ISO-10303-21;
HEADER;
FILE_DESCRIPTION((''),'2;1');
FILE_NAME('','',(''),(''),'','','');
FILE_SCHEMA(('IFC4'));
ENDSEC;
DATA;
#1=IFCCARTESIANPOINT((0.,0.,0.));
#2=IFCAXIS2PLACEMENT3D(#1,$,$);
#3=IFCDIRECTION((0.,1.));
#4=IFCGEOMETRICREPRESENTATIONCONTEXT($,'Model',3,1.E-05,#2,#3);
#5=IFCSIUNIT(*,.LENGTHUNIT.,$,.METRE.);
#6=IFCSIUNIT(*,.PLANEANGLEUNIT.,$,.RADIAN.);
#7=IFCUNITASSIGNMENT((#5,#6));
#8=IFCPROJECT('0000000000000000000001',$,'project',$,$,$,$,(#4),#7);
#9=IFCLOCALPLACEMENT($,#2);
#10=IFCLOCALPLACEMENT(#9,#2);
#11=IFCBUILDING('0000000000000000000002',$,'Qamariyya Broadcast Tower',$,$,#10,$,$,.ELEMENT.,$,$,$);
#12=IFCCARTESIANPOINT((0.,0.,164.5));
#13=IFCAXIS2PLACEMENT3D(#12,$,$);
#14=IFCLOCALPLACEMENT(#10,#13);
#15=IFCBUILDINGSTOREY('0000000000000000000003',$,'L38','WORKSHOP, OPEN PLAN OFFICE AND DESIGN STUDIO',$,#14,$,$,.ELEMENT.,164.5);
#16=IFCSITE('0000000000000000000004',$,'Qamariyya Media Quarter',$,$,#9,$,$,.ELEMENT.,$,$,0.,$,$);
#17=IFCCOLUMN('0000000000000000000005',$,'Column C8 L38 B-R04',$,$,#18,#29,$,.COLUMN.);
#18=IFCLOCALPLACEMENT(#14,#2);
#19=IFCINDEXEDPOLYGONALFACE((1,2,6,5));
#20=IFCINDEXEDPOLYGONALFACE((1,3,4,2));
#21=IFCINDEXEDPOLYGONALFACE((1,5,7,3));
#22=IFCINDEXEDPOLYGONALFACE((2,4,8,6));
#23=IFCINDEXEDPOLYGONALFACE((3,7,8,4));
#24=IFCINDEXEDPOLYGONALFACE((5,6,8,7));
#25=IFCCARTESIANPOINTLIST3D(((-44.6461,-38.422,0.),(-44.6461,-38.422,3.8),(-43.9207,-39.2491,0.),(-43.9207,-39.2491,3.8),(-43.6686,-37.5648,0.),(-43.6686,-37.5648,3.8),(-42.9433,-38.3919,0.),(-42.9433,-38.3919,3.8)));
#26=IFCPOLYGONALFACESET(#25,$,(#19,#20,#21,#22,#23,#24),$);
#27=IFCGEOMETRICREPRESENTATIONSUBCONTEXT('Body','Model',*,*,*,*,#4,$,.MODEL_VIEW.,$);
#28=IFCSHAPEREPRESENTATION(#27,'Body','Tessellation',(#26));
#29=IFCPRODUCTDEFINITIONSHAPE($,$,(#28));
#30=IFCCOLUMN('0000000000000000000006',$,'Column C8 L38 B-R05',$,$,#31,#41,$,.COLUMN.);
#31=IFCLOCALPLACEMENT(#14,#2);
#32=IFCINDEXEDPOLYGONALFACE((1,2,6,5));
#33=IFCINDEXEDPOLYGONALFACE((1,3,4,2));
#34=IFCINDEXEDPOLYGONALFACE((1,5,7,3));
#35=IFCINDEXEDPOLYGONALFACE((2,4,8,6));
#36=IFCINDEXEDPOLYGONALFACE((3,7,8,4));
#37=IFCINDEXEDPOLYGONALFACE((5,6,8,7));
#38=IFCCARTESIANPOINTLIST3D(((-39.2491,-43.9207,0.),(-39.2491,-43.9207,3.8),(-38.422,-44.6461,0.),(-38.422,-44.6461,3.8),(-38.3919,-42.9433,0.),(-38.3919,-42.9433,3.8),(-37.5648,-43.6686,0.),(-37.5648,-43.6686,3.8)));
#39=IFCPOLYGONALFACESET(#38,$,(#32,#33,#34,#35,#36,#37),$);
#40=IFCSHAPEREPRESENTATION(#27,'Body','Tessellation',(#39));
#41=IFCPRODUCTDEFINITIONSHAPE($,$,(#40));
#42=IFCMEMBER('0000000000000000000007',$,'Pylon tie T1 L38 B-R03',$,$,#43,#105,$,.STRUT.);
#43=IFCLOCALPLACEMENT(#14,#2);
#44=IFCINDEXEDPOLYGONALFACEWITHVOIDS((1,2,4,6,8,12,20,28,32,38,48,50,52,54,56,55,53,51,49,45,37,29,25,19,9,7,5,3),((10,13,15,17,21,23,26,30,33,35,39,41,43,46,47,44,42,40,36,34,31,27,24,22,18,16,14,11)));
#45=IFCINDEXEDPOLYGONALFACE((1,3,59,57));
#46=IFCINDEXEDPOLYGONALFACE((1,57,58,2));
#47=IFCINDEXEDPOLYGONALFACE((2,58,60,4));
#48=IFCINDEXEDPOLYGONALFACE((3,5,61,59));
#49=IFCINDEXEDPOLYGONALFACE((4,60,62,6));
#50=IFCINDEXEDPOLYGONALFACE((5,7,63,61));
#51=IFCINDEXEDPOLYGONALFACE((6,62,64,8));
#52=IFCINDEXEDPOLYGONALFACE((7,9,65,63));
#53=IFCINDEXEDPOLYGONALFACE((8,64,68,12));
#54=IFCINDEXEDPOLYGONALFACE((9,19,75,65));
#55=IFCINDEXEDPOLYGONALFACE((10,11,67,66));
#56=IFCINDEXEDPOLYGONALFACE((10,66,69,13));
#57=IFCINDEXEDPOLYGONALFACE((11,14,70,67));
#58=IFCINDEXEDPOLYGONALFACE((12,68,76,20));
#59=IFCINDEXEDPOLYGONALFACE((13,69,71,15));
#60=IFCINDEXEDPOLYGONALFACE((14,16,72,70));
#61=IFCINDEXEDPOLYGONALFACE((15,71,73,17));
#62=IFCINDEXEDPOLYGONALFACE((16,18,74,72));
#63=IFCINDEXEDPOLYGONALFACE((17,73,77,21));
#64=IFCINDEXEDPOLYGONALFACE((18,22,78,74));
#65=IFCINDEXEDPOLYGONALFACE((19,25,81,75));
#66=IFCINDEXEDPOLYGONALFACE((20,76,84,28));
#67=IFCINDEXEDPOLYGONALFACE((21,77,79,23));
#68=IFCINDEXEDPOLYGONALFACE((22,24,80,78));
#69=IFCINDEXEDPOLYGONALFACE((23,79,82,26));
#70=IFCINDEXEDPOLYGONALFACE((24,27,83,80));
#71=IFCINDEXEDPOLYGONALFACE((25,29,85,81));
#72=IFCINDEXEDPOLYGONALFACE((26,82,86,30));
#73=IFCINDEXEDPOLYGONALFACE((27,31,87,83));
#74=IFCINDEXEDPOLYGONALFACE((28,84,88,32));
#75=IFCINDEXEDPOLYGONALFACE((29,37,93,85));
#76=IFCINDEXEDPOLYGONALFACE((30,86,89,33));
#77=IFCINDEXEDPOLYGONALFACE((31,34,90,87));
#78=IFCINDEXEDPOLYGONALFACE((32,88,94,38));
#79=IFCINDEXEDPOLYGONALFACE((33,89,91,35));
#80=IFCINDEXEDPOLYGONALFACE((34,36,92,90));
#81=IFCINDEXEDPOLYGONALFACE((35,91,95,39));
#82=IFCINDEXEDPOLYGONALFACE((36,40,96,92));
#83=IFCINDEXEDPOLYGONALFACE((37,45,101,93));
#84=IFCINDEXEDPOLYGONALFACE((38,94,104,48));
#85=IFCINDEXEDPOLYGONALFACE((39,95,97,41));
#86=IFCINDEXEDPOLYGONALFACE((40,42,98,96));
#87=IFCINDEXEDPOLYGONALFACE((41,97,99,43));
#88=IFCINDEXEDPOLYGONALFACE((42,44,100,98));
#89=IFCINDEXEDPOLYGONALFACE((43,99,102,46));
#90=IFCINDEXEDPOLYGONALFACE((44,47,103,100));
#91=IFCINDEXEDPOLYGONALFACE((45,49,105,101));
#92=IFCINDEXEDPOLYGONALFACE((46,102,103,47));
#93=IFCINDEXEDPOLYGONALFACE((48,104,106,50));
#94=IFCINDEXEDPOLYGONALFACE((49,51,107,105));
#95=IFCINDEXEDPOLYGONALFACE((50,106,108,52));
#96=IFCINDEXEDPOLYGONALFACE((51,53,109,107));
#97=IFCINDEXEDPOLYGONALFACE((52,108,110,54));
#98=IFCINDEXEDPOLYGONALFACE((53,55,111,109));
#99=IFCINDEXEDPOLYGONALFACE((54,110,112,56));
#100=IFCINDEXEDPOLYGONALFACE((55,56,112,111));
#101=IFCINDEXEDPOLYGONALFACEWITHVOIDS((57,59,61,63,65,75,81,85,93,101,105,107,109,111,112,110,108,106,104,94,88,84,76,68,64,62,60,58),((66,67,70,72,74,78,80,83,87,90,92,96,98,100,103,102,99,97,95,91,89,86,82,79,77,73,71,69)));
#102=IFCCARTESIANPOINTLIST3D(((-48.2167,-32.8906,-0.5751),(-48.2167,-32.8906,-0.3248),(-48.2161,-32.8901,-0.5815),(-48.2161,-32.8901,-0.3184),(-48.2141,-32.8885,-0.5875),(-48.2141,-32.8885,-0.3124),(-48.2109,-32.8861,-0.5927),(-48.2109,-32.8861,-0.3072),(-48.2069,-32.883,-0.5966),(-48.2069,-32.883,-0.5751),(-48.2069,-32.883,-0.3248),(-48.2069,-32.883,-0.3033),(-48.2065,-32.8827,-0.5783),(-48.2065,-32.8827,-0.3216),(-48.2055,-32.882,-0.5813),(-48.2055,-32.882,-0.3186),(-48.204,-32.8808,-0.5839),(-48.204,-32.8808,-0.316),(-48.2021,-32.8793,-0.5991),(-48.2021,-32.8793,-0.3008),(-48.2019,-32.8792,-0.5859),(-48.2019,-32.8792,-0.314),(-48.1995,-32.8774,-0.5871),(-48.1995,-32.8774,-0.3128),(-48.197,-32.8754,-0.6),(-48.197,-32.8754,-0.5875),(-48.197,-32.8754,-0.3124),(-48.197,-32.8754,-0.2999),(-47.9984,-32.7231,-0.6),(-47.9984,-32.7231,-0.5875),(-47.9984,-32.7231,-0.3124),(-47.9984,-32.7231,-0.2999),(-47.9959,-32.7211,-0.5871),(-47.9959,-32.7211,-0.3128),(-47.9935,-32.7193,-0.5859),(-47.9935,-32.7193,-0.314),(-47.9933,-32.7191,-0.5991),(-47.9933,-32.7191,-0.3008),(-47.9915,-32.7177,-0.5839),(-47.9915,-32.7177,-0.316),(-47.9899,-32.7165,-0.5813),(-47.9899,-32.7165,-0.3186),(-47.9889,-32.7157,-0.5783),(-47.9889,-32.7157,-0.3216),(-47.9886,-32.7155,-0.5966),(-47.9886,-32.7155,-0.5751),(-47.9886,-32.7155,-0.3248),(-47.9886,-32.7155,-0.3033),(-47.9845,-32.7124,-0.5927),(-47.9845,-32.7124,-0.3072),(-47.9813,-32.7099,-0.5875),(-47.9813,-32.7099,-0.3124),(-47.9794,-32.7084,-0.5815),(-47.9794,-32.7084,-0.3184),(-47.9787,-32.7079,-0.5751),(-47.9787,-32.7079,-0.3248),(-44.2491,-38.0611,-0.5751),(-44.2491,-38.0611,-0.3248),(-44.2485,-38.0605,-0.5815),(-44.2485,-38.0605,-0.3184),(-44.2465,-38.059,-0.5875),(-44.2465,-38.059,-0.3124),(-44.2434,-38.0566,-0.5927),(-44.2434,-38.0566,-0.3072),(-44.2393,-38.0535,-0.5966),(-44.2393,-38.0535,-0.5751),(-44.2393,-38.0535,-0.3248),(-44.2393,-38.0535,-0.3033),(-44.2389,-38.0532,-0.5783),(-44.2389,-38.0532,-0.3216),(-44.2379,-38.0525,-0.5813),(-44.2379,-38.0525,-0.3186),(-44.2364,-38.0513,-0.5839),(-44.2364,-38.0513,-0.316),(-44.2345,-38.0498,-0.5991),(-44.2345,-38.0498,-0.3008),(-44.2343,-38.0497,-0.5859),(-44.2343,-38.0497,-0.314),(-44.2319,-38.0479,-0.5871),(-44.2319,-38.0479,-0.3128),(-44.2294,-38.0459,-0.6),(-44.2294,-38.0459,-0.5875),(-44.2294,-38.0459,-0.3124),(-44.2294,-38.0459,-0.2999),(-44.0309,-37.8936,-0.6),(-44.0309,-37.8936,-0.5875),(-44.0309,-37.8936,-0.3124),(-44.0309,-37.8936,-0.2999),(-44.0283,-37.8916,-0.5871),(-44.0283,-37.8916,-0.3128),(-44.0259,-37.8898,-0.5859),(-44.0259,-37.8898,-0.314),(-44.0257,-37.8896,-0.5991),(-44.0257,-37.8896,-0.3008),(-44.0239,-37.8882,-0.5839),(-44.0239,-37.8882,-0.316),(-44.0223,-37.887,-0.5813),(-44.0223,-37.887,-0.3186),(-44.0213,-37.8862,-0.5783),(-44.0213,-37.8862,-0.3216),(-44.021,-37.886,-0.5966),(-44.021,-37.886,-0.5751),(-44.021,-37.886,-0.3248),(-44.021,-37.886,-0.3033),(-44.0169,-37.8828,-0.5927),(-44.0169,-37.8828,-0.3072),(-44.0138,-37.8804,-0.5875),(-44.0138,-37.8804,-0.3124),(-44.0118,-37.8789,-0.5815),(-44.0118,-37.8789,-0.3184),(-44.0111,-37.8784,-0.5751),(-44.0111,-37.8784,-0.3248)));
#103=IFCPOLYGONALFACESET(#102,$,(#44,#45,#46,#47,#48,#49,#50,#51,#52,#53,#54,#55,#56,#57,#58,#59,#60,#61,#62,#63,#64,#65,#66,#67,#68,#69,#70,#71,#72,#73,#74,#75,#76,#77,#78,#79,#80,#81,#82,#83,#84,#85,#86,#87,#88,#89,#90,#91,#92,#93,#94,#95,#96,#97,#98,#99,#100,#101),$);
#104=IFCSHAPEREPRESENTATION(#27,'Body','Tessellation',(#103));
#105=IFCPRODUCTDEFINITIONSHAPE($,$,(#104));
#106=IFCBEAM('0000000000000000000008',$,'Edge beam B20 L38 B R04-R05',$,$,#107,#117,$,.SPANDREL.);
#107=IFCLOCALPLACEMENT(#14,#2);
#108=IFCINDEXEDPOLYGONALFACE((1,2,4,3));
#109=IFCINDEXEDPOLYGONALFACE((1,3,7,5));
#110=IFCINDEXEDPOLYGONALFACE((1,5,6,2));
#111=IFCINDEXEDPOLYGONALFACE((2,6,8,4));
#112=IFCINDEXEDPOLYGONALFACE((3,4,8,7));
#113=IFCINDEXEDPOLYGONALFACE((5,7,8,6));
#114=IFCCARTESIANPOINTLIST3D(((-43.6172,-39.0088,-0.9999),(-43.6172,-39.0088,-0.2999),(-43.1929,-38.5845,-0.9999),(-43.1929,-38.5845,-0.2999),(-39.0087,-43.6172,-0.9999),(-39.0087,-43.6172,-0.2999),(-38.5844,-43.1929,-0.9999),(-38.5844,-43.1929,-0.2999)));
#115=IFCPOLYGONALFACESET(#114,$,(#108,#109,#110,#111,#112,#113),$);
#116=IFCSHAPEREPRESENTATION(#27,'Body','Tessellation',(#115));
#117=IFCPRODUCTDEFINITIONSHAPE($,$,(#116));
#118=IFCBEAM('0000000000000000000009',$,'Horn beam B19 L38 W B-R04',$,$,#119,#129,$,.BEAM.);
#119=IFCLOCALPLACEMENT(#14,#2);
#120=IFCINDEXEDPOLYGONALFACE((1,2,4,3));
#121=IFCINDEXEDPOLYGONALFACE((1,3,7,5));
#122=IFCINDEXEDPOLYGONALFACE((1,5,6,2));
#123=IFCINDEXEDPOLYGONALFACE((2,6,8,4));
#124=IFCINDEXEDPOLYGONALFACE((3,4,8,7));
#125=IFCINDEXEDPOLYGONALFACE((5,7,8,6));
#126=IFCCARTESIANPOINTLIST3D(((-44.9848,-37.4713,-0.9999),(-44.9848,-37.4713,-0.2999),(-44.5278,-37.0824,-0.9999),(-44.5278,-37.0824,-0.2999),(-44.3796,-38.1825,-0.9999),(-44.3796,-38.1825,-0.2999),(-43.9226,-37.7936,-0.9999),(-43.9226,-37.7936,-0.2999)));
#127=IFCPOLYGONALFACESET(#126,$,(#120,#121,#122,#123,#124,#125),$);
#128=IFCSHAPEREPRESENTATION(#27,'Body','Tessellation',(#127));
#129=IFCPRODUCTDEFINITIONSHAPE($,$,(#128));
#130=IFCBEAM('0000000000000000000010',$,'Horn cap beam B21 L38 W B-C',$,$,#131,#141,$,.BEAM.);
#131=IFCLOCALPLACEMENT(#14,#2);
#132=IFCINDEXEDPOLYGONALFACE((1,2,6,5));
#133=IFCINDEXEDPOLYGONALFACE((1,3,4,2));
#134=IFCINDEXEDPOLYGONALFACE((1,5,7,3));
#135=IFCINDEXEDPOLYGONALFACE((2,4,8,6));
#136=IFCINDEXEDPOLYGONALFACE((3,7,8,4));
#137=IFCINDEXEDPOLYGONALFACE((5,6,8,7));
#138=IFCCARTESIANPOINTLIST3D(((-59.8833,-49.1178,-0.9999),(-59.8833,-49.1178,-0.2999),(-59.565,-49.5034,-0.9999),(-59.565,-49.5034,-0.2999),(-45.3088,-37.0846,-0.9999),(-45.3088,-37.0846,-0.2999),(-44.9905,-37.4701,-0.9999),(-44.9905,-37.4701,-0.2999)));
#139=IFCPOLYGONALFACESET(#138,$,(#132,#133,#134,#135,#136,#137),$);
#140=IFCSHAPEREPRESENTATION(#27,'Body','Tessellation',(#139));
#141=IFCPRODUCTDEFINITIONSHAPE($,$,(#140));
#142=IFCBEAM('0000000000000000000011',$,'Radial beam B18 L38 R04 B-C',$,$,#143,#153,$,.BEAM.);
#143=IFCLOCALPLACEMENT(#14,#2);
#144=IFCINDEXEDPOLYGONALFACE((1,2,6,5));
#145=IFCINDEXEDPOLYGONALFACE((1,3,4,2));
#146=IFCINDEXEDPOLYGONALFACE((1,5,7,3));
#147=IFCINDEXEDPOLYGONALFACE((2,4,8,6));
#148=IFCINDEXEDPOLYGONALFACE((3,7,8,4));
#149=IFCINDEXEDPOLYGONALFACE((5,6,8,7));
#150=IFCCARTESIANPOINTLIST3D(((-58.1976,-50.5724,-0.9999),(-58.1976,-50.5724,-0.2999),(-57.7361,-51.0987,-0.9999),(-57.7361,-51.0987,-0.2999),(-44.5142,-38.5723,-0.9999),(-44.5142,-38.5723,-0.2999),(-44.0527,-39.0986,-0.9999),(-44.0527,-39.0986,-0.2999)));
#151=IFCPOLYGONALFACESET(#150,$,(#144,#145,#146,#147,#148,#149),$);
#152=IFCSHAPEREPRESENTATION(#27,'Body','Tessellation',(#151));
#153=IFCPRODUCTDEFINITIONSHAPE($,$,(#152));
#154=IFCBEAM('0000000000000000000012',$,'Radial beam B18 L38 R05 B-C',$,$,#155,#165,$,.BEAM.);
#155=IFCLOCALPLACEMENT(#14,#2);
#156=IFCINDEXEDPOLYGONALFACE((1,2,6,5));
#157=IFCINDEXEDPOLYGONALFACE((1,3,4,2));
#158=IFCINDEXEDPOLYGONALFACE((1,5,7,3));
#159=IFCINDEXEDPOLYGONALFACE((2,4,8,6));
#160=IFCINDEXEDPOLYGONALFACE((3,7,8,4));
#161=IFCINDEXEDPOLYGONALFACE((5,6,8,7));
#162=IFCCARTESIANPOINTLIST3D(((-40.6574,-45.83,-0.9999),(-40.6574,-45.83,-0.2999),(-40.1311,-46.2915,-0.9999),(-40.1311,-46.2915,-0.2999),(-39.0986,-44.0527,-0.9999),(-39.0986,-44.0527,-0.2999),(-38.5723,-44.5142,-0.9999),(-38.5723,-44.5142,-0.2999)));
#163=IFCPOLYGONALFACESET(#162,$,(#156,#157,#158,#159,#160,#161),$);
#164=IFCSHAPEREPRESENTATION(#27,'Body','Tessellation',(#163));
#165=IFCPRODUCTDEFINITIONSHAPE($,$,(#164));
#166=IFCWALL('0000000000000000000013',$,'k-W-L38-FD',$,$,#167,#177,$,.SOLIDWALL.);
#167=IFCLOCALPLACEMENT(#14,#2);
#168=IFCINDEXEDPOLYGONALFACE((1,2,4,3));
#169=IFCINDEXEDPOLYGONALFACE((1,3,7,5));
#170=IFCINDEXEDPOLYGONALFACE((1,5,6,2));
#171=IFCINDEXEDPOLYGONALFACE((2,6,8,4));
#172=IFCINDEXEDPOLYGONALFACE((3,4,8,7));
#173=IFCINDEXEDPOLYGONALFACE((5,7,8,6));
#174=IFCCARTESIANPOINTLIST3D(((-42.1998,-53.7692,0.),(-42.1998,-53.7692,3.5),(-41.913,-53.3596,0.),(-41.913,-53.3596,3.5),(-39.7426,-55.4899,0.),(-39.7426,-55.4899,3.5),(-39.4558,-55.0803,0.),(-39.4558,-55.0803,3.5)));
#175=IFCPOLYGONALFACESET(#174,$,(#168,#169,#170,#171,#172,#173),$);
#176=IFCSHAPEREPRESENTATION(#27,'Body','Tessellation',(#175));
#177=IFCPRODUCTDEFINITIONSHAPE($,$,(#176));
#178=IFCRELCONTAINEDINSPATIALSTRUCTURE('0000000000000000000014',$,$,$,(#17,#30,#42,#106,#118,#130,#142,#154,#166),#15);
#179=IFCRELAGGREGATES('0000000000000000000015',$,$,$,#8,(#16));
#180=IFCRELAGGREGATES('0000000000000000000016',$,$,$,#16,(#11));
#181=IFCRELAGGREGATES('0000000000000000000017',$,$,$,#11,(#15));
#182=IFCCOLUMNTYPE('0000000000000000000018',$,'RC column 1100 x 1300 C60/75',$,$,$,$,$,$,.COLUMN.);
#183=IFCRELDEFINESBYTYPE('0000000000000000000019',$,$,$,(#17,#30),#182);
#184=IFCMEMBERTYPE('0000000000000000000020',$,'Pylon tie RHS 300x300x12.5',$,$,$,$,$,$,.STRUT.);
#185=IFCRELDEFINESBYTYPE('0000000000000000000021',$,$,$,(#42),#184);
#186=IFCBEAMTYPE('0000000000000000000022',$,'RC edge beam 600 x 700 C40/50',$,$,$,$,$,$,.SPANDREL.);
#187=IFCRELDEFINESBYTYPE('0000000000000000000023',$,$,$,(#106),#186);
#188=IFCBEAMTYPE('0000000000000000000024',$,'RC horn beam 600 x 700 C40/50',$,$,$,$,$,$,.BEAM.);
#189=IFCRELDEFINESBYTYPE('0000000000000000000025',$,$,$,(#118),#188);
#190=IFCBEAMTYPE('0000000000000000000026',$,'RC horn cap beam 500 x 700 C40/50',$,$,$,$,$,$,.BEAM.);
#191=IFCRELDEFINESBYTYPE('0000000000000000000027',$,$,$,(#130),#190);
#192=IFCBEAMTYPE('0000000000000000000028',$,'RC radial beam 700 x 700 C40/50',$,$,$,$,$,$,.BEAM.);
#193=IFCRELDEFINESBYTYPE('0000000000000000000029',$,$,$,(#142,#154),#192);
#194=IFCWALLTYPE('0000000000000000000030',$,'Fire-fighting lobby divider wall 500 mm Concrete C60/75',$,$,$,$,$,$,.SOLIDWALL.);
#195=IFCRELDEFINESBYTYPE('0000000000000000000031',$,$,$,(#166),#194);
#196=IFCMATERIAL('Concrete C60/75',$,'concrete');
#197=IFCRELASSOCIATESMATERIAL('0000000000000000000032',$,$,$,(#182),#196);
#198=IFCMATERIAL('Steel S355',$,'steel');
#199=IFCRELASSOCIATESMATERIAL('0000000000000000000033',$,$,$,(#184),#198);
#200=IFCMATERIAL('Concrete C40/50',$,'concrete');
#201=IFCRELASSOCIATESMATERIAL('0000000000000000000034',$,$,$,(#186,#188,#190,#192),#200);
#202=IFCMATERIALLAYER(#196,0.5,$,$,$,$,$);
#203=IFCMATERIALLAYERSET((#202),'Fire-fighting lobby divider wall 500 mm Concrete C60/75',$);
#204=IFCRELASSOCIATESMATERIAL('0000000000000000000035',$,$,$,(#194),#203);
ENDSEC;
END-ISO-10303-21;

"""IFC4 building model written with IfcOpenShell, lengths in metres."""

from ifc_helpers import new_model, si_unit, direction, frame, frame_2d, origin, origin_2d, place, context, subcontext, project, spatial, rectangle, hollow_rectangle, extrude, material, layer, layer_set, material_profile, profile_set, type_object, element, save


model = new_model("IFC4")

# Units and contexts
model_context = context("Model", 3, precision=1e-05, world=origin(), true_north=direction((0.0, 1.0)))
body_context = subcontext(model_context, "Body", "Model", "MODEL_VIEW")
ifc_project = project(units=[si_unit("LENGTHUNIT", "METRE"), si_unit("PLANEANGLEUNIT", "RADIAN")], contexts=[model_context])

# Site, building, storey
site_placement = place(None, origin())
site = spatial("IfcSite", under=ifc_project, at=site_placement, Name="Qamariyya Media Quarter", CompositionType="ELEMENT", RefElevation=0.0)
building_placement = place(site_placement, origin())
building = spatial("IfcBuilding", under=site, at=building_placement, Name="Qamariyya Broadcast Tower", CompositionType="ELEMENT")
storey_placement = place(building_placement, frame((0.0, 0.0, 164.5)))
storey = spatial("IfcBuildingStorey", under=building, at=storey_placement, Name="L38", Description="WORKSHOP, OPEN PLAN OFFICE AND DESIGN STUDIO", CompositionType="ELEMENT", Elevation=164.5)

# Columns
ifc_material_1 = material(Name="Concrete C60/75", Category="concrete")
ifc_material_profile_1 = material_profile(ifc_material_1, rectangle(XDim=1.1001, YDim=1.3, at=origin_2d()))
ifc_profile_set_1 = profile_set([ifc_material_profile_1], Name="Concrete C60/75")
column_type = type_object("IfcColumnType", Name="RC column 1100 x 1300 C60/75", PredefinedType="COLUMN", material=ifc_profile_set_1)
for number, where, z_axis, x_axis, name in (
    (1, (-43.7947, -38.407, 0.0), (0.0, 0.0, 1.0), (0.659346, -0.75184, 0.0), "Column C8 L38 B-R04"),
    (2, (-38.407, -43.7947, 0.0), (0.0, 0.0, 1.0), (0.75184, -0.659346, 0.0), "Column C8 L38 B-R05"),
):
    element("IfcColumn", number, at=place(storey_placement, frame(where, z_axis=z_axis, x_axis=x_axis)), inside=storey, type_object=column_type, Name=name, PredefinedType="COLUMN", context=body_context, shape_type="SweptSolid", body=[
        extrude(rectangle(XDim=1.1001, YDim=1.3, at=origin_2d()), origin(), (0.0, 0.0, 1.0), 3.8),
    ])

# Member
ifc_material_2 = material(Name="Steel S355", Category="steel")
ifc_material_profile_2 = material_profile(ifc_material_2, hollow_rectangle(XDim=0.3, YDim=0.3, WallThickness=0.0125, InnerFilletRadius=0.0125, OuterFilletRadius=0.0249, at=origin_2d()))
ifc_profile_set_2 = profile_set([ifc_material_profile_2], Name="Steel S355")
member_type = type_object("IfcMemberType", Name="Pylon tie RHS 300x300x12.5", PredefinedType="STRUT", material=ifc_profile_set_2)
member_placement = place(storey_placement, frame((-44.1301, -37.9697, -0.45), z_axis=(-0.608774, 0.793343, 0.0), x_axis=(-0.793343, -0.608774, 0.0)))
element("IfcMember", 3, at=member_placement, inside=storey, type_object=member_type, Name="Pylon tie T1 L38 B-R03", PredefinedType="STRUT", context=body_context, shape_type="SweptSolid", body=[
    extrude(hollow_rectangle(XDim=0.3, YDim=0.3, WallThickness=0.0125, InnerFilletRadius=0.0125, OuterFilletRadius=0.0249, at=origin_2d()), origin(), (0.0, 0.0, 1.0), 6.5173),
])

# Beams
ifc_material_3 = material(Name="Concrete C40/50", Category="concrete")
ifc_material_profile_3 = material_profile(ifc_material_3, rectangle(XDim=0.6001, YDim=0.7, at=origin_2d()))
ifc_profile_set_3 = profile_set([ifc_material_profile_3], Name="Concrete C40/50")
beam_type_1 = type_object("IfcBeamType", Name="RC edge beam 600 x 700 C40/50", PredefinedType="SPANDREL", material=ifc_profile_set_3)
beam_1_placement = place(storey_placement, frame((-43.405, -38.7966, -0.6499), z_axis=(0.707107, -0.707107, 0.0), x_axis=(0.707107, 0.707107, 0.0)))
element("IfcBeam", 4, at=beam_1_placement, inside=storey, type_object=beam_type_1, Name="Edge beam B20 L38 B R04-R05", PredefinedType="SPANDREL", context=body_context, shape_type="SweptSolid", body=[
    extrude(rectangle(XDim=0.6001, YDim=0.7, at=origin_2d()), origin(), (0.0, 0.0, 1.0), 6.5173),
])
ifc_material_profile_4 = material_profile(ifc_material_3, rectangle(XDim=0.6001, YDim=0.7, at=origin_2d()))
ifc_profile_set_4 = profile_set([ifc_material_profile_4], Name="Concrete C40/50")
beam_type_2 = type_object("IfcBeamType", Name="RC horn beam 600 x 700 C40/50", PredefinedType="BEAM", material=ifc_profile_set_4)
beam_2_placement = place(storey_placement, frame((-44.1511, -37.988, -0.6499), z_axis=(-0.648096, 0.761559, 0.0), x_axis=(-0.761559, -0.648096, 0.0)))
element("IfcBeam", 5, at=beam_2_placement, inside=storey, type_object=beam_type_2, Name="Horn beam B19 L38 W B-R04", PredefinedType="BEAM", context=body_context, shape_type="SweptSolid", body=[
    extrude(rectangle(XDim=0.6001, YDim=0.7, at=origin_2d()), origin(), (0.0, 0.0, 1.0), 0.9338),
])
ifc_material_profile_5 = material_profile(ifc_material_3, rectangle(XDim=0.5, YDim=0.7, at=origin_2d()))
ifc_profile_set_5 = profile_set([ifc_material_profile_5], Name="Concrete C40/50")
beam_type_3 = type_object("IfcBeamType", Name="RC horn cap beam 500 x 700 C40/50", PredefinedType="BEAM", material=ifc_profile_set_5)
beam_3_placement = place(storey_placement, frame((-45.1497, -37.2773, -0.6499), z_axis=(-0.771132, -0.636675, 0.0), x_axis=(0.636675, -0.771132, 0.0)))
element("IfcBeam", 6, at=beam_3_placement, inside=storey, type_object=beam_type_3, Name="Horn cap beam B21 L38 W B-C", PredefinedType="BEAM", context=body_context, shape_type="SweptSolid", body=[
    extrude(rectangle(XDim=0.5, YDim=0.7, at=origin_2d()), origin(), (0.0, 0.0, 1.0), 18.9001),
])
ifc_material_profile_6 = material_profile(ifc_material_3, rectangle(XDim=0.7, YDim=0.7, at=origin_2d()))
ifc_profile_set_6 = profile_set([ifc_material_profile_6], Name="Concrete C40/50")
beam_type_4 = type_object("IfcBeamType", Name="RC radial beam 700 x 700 C40/50", PredefinedType="BEAM", material=ifc_profile_set_6)
beam_4_placement = place(storey_placement, frame((-44.2834, -38.8354, -0.6499), z_axis=(-0.751839, -0.659347, 0.0), x_axis=(0.659347, -0.751839, 0.0)))
element("IfcBeam", 7, at=beam_4_placement, inside=storey, type_object=beam_type_4, Name="Radial beam B18 L38 R04 B-C", PredefinedType="BEAM", context=body_context, shape_type="SweptSolid", body=[
    extrude(rectangle(XDim=0.7, YDim=0.7, at=origin_2d()), origin(), (0.0, 0.0, 1.0), 18.2),
])
beam_5_placement = place(storey_placement, frame((-38.8354, -44.2834, -0.6499), z_axis=(-0.659382, -0.751809, 0.0), x_axis=(0.751809, -0.659382, 0.0)))
element("IfcBeam", 8, at=beam_5_placement, inside=storey, type_object=beam_type_4, Name="Radial beam B18 L38 R05 B-C", PredefinedType="BEAM", context=body_context, shape_type="SweptSolid", body=[
    extrude(rectangle(XDim=0.7, YDim=0.7, at=origin_2d()), origin(), (0.0, 0.0, 1.0), 2.364),
])

# Wall
ifc_layer_1 = layer(ifc_material_1, 0.5)
ifc_layer_set_1 = layer_set([ifc_layer_1], Name="Fire-fighting lobby divider wall 500 mm Concrete C60/75")
wall_type_1 = type_object("IfcWallType", Name="Fire-fighting lobby divider wall 500 mm Concrete C60/75", PredefinedType="SOLIDWALL", material=ifc_layer_set_1)
wall_1_placement = place(storey_placement, frame((-39.5991, -55.2852, 0.0), z_axis=(0.0, 0.0, 1.0), x_axis=(-0.819136, 0.573599, 0.0)))
element("IfcWall", 9, at=wall_1_placement, inside=storey, type_object=wall_type_1, Name="k-W-L38-FD", PredefinedType="SOLIDWALL", context=body_context, shape_type="SweptSolid", body=[
    extrude(rectangle(XDim=2.9998, YDim=0.5, at=frame_2d((1.5, 0.0))), origin(), (0.0, 0.0, 1.0), 3.5),
])

save(model, "model.ifc")
